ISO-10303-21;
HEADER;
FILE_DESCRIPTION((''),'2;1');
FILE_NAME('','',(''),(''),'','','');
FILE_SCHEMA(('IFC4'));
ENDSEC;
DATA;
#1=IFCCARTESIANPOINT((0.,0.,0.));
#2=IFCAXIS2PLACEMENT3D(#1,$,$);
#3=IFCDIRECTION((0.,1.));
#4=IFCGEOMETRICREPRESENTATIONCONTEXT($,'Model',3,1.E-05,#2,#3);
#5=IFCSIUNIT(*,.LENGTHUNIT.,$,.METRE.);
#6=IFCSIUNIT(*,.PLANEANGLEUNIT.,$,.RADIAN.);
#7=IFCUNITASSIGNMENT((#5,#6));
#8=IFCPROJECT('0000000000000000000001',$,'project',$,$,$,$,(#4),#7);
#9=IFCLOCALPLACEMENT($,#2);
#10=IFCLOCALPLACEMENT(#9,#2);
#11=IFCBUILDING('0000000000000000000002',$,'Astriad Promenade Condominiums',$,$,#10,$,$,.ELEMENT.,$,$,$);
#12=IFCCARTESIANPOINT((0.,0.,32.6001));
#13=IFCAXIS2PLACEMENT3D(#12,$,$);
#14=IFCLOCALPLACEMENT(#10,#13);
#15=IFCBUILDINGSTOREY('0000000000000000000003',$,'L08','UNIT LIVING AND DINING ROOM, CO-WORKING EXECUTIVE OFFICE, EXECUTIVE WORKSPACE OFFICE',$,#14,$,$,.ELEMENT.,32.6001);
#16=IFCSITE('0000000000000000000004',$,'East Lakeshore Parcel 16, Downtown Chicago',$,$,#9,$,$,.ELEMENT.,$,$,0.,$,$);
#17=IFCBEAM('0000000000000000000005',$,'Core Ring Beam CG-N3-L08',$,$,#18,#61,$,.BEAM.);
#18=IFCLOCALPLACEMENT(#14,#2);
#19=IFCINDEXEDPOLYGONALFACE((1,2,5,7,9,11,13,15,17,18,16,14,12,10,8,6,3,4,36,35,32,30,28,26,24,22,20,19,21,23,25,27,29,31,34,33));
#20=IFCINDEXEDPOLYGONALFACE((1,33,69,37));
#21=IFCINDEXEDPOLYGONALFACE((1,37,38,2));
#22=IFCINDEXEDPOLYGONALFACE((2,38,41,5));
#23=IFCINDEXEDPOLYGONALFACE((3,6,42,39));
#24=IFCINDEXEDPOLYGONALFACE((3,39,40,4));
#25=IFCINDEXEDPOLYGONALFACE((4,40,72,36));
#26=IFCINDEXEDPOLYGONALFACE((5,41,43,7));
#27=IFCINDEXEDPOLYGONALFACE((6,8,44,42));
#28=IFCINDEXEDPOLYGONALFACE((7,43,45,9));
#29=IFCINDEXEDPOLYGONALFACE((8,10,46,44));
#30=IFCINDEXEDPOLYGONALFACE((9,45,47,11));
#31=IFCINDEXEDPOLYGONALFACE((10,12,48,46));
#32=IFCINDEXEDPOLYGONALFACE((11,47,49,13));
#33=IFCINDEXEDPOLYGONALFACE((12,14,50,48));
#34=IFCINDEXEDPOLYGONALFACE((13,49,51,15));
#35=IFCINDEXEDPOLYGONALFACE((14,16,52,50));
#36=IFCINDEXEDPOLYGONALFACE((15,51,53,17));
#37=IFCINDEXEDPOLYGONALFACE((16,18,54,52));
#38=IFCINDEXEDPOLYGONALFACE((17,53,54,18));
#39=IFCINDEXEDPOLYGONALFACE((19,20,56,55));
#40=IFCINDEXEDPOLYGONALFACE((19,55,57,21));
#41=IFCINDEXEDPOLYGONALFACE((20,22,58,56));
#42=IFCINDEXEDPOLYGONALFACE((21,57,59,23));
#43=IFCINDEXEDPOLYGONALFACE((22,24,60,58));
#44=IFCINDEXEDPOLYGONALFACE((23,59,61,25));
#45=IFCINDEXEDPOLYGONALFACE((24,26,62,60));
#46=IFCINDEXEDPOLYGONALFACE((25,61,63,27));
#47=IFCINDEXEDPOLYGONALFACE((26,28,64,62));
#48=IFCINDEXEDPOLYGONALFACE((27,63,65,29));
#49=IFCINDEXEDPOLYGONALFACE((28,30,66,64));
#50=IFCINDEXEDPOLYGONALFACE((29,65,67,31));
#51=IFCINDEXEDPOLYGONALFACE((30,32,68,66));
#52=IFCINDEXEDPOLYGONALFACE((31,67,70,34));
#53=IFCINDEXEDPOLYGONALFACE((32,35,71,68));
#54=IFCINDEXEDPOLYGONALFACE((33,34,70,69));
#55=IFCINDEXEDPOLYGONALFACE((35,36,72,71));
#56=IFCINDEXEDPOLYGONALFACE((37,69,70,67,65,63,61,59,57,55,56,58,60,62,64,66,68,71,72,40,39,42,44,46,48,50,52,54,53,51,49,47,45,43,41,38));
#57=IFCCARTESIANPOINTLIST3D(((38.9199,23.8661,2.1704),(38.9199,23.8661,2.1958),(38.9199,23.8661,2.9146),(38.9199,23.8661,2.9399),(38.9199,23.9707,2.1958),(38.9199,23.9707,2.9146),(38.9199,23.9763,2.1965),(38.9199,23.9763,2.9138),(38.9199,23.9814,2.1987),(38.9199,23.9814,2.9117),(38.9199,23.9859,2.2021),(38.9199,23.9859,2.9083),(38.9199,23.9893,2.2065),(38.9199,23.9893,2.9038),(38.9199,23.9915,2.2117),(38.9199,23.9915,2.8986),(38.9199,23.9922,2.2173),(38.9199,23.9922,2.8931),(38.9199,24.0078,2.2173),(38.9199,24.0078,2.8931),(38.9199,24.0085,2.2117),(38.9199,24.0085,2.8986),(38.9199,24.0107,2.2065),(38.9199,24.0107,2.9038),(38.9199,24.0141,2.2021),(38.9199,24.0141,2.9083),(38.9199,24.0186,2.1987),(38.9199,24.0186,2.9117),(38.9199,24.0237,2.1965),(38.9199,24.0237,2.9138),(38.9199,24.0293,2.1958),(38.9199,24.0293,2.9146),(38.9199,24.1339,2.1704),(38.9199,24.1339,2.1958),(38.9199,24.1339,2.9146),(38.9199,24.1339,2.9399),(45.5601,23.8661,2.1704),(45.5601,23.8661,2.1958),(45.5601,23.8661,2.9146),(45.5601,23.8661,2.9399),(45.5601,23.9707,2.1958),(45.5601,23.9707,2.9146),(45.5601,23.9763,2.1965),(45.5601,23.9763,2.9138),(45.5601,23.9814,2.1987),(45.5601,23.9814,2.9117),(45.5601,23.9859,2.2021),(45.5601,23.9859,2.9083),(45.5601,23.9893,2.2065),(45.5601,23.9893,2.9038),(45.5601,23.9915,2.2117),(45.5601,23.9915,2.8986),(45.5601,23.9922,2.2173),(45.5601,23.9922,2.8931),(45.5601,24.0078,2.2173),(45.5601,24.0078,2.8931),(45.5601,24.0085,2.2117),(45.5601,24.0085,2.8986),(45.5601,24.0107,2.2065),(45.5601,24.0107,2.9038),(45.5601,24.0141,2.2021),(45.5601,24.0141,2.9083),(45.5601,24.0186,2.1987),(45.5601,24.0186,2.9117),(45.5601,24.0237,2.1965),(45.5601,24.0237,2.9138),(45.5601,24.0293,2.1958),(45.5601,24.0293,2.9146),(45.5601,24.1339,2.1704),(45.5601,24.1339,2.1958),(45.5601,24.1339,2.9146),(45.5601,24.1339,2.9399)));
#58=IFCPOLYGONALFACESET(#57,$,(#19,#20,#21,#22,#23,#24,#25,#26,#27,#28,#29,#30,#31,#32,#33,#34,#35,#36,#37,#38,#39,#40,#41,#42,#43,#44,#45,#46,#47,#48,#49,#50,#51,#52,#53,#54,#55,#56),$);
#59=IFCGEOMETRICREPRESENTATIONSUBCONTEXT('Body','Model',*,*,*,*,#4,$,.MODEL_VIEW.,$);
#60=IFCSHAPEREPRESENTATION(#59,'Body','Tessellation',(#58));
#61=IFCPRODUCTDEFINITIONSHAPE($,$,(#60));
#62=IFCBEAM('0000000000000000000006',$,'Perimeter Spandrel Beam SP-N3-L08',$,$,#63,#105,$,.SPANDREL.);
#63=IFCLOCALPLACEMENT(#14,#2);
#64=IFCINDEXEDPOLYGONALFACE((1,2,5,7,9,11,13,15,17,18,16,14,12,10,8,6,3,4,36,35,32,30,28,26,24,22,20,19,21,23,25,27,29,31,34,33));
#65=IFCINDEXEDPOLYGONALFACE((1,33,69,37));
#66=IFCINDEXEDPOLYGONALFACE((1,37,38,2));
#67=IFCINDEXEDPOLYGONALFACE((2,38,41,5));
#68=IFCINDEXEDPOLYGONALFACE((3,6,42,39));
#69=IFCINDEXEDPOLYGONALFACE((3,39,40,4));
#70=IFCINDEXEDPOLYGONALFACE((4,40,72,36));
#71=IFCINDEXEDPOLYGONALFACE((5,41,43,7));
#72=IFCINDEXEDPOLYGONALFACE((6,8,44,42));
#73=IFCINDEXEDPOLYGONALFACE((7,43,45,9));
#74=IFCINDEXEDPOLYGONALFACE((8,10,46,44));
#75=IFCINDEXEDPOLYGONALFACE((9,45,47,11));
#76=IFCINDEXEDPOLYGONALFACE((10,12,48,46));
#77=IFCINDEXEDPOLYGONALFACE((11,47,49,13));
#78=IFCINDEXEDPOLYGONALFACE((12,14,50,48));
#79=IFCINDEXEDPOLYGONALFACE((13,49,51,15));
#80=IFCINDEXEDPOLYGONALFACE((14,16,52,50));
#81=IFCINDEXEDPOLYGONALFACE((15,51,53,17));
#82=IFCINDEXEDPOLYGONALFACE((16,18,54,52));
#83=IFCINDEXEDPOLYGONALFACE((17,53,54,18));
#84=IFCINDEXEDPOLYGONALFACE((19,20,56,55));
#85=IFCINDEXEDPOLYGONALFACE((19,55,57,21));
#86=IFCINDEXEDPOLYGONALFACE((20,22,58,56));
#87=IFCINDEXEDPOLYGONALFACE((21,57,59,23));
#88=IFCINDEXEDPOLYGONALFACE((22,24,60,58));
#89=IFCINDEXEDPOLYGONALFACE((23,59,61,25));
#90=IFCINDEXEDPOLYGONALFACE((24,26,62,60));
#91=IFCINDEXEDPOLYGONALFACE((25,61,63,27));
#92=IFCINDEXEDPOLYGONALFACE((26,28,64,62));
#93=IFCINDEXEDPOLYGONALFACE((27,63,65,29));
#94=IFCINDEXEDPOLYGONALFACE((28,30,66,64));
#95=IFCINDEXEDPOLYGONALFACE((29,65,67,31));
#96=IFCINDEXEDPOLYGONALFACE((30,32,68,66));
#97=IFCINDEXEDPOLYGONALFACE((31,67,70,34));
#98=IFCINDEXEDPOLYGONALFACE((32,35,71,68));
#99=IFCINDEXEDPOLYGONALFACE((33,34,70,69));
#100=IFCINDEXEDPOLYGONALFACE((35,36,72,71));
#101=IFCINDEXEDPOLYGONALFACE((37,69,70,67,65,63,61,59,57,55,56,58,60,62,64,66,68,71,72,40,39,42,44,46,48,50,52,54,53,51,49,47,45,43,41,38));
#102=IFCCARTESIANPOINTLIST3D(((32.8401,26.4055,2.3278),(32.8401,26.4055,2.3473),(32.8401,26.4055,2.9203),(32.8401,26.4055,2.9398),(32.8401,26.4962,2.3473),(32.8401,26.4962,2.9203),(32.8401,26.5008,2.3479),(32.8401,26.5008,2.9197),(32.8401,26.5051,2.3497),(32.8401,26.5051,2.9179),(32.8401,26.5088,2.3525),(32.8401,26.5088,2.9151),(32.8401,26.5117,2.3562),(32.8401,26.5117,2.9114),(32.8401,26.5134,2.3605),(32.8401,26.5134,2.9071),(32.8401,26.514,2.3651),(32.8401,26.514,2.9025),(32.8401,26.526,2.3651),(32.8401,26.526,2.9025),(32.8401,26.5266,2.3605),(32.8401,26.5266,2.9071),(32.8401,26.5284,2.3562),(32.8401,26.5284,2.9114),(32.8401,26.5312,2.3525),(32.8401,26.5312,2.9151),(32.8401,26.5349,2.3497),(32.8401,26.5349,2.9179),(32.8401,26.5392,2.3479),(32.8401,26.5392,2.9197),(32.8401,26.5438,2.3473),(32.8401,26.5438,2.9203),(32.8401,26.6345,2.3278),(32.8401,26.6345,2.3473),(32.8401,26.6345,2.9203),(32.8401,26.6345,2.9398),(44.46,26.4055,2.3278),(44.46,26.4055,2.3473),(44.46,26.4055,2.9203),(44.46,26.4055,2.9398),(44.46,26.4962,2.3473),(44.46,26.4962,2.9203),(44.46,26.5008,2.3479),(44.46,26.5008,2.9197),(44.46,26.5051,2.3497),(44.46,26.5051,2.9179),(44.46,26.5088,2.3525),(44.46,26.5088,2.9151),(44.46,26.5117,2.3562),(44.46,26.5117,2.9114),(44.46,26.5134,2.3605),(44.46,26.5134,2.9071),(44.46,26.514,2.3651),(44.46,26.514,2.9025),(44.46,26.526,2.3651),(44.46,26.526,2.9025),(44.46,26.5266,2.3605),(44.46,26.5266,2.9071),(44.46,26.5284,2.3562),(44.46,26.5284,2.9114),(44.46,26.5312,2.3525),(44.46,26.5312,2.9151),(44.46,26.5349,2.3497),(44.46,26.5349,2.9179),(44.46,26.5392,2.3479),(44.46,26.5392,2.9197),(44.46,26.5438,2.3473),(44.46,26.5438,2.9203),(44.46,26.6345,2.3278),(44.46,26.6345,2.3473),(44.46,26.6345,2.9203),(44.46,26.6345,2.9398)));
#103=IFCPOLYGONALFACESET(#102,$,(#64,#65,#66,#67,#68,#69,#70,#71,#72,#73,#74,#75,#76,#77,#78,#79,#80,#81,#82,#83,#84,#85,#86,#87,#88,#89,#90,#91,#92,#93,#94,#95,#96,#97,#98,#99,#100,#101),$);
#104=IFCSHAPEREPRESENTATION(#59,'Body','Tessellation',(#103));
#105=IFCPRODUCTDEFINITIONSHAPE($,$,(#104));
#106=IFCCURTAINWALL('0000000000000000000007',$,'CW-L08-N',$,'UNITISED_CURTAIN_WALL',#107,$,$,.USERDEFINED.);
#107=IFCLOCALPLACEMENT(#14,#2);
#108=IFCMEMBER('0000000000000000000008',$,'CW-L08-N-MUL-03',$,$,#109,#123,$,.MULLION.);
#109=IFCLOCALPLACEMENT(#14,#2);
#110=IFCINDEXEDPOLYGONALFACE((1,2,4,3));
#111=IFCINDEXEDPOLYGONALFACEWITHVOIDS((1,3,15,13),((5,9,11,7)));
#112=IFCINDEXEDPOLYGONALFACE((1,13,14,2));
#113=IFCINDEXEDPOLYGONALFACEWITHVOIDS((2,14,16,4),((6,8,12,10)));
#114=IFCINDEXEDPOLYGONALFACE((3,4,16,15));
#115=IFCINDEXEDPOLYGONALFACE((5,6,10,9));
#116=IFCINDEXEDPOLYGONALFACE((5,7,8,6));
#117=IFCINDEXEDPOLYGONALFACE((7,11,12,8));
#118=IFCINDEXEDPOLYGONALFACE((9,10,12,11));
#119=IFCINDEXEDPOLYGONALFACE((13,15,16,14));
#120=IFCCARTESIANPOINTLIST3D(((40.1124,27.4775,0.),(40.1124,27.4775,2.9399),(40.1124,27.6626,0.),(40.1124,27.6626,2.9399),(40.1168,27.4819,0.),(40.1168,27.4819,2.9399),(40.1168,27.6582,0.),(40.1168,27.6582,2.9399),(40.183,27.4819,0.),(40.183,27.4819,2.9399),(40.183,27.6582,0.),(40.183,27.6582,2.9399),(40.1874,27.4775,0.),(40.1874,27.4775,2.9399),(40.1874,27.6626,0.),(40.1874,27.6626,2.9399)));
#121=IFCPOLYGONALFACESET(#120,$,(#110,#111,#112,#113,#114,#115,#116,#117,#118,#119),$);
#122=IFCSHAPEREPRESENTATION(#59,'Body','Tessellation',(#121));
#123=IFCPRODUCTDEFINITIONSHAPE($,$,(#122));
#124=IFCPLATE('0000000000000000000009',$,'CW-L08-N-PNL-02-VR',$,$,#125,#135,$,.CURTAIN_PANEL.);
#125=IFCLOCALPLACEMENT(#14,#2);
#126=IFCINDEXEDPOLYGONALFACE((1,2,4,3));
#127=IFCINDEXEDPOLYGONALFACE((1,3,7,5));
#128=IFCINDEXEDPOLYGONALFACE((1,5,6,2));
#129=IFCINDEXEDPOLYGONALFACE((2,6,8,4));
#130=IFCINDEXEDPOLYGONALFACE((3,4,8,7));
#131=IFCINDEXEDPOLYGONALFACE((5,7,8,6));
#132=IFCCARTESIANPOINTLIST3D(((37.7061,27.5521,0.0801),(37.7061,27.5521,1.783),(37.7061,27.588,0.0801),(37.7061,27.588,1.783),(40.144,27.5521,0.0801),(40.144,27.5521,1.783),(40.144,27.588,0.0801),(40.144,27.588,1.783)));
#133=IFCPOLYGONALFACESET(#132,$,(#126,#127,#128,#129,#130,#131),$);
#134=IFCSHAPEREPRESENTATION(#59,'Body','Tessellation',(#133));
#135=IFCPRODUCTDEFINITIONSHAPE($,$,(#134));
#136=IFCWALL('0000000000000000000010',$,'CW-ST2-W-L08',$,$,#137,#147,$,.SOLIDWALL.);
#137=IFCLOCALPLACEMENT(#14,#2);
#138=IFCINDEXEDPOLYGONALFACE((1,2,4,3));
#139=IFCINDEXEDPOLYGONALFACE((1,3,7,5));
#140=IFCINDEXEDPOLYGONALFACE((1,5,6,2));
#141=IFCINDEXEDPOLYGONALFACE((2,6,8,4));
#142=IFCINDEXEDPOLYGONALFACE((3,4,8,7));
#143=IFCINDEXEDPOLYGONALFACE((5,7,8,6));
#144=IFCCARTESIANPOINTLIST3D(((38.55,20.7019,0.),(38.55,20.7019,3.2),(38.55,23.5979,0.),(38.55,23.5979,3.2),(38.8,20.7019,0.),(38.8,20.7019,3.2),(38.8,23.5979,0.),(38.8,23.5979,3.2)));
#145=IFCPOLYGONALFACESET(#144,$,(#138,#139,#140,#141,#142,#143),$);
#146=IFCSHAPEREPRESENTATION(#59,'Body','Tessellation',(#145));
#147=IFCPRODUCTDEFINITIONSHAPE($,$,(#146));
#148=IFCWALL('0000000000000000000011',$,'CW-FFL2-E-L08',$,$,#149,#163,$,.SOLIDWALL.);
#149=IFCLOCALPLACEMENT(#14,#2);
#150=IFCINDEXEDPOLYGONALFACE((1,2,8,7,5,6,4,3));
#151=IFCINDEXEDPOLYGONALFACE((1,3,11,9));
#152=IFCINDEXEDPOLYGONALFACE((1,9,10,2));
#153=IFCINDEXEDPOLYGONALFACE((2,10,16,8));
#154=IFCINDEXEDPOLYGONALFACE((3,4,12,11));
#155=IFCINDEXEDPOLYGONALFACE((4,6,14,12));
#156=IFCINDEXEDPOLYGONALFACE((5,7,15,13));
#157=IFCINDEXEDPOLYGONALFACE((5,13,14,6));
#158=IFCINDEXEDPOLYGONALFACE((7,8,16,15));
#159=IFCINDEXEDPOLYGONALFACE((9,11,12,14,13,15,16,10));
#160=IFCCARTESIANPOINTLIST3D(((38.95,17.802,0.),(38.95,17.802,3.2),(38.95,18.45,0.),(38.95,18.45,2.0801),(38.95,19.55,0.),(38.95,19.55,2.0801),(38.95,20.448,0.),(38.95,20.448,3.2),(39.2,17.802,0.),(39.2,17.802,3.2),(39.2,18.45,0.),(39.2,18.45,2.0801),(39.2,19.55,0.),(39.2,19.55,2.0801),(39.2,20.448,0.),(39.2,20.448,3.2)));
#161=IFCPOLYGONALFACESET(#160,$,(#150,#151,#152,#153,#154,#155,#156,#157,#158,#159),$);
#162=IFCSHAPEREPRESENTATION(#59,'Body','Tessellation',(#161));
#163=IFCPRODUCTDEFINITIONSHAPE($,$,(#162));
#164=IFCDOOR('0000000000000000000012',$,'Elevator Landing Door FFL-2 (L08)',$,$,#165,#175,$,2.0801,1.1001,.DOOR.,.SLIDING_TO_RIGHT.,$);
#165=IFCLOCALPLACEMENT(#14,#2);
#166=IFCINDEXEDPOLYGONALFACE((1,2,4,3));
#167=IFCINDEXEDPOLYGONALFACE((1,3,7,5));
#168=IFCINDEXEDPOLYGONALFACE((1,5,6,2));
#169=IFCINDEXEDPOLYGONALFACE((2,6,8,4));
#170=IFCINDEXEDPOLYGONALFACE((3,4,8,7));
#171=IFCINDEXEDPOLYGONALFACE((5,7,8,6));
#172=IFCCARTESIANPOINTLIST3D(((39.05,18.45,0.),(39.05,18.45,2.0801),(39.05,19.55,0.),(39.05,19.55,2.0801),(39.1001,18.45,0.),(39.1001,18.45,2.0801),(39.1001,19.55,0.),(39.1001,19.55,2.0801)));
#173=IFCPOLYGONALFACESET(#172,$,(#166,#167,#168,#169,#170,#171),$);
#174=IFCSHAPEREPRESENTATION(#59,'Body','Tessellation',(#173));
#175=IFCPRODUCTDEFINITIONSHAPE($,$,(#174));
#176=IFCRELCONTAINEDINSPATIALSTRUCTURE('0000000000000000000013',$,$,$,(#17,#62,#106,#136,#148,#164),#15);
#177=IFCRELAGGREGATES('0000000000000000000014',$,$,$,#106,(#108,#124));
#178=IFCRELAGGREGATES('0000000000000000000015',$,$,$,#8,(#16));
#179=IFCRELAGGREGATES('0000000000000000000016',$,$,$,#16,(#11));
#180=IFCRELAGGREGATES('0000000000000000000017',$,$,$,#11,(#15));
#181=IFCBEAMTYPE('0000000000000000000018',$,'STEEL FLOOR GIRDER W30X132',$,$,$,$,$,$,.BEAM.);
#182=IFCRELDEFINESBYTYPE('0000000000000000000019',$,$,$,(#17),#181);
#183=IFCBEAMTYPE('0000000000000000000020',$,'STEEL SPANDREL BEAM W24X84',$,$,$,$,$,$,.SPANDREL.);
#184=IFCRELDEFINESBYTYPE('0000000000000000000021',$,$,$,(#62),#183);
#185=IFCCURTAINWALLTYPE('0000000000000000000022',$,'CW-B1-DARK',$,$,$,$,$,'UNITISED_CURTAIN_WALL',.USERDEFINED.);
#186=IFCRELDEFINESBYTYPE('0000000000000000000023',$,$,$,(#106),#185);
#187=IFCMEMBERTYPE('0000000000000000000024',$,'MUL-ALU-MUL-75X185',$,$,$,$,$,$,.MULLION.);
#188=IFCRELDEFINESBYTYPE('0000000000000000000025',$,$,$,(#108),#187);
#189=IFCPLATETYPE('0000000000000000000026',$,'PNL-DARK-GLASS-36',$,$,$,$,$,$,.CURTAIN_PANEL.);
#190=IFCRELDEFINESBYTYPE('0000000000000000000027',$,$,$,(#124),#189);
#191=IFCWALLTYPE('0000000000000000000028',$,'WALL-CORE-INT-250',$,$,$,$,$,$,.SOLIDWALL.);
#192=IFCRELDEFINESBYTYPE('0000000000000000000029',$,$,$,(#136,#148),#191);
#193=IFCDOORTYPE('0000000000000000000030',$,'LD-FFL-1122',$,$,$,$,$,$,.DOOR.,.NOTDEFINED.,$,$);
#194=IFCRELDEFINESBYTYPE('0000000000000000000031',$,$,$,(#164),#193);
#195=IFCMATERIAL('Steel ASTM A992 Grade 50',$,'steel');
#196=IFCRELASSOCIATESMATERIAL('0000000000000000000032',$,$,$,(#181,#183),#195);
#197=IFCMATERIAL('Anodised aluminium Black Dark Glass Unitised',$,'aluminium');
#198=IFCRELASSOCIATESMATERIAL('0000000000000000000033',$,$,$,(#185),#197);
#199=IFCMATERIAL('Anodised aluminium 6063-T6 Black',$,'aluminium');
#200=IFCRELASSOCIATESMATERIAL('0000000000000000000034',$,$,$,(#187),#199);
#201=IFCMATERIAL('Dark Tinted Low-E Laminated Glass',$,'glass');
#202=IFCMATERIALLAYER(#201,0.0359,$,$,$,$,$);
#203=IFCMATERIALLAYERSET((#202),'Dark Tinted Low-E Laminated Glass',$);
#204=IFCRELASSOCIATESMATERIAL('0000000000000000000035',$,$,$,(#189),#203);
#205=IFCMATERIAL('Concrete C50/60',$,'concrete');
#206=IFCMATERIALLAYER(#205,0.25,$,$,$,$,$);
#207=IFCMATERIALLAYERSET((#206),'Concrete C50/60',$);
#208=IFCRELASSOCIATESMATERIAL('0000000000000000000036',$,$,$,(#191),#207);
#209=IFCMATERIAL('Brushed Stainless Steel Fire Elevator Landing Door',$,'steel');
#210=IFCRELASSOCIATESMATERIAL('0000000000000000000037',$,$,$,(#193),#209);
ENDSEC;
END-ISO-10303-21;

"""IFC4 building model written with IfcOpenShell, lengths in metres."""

from ifc_helpers import new_model, si_unit, direction, frame, frame_2d, origin, origin_2d, place, context, subcontext, project, spatial, rectangle, hollow_rectangle, i_section, extrude, source, transform, mapped, material, layer, layer_set, material_profile, profile_set, type_object, type_shapes, element, fill, aggregate, save


model = new_model("IFC4")

# Units and contexts
model_context = context("Model", 3, precision=1e-05, world=origin(), true_north=direction((0.0, 1.0)))
body_context = subcontext(model_context, "Body", "Model", "MODEL_VIEW")
ifc_project = project(units=[si_unit("LENGTHUNIT", "METRE"), si_unit("PLANEANGLEUNIT", "RADIAN")], contexts=[model_context])

# Site, building, storey
site_placement = place(None, origin())
site = spatial("IfcSite", under=ifc_project, at=site_placement, Name="East Lakeshore Parcel 16, Downtown Chicago", CompositionType="ELEMENT", RefElevation=0.0)
building_placement = place(site_placement, origin())
building = spatial("IfcBuilding", under=site, at=building_placement, Name="Astriad Promenade Condominiums", CompositionType="ELEMENT")
storey_placement = place(building_placement, frame((0.0, 0.0, 32.6001)))
storey = spatial("IfcBuildingStorey", under=building, at=storey_placement, Name="L08", Description="UNIT LIVING AND DINING ROOM, CO-WORKING EXECUTIVE OFFICE, EXECUTIVE WORKSPACE OFFICE", CompositionType="ELEMENT", Elevation=32.6001)

# Shared definitions
ifc_material_1 = material(Name="Steel ASTM A992 Grade 50", Category="steel")

# Beams
ifc_material_profile_1 = material_profile(ifc_material_1, i_section(OverallWidth=0.2678, OverallDepth=0.7695, WebThickness=0.0156, FlangeThickness=0.0254, FilletRadius=0.0215, at=origin_2d()), Name="W30X132")
ifc_profile_set_1 = profile_set([ifc_material_profile_1], Name="Steel ASTM A992 Grade 50")
beam_type_1 = type_object("IfcBeamType", Name="STEEL FLOOR GIRDER W30X132", PredefinedType="BEAM", material=ifc_profile_set_1)
shared_shape_1 = source(origin(), body_context, "Body", "SweptSolid", [
    extrude(i_section(OverallWidth=0.2678, OverallDepth=0.7695, WebThickness=0.0156, FlangeThickness=0.0254, FilletRadius=0.0215, at=origin_2d()), origin(), (0.0, 0.0, 1.0), 6.6401),
])
type_shapes(beam_type_1, [shared_shape_1])
beam_1_placement = place(storey_placement, frame((38.9199, 24.0, 2.5552), z_axis=(1.0, 0.0, 0.0), x_axis=(0.0, 1.0, 0.0)))
element("IfcBeam", 1, at=beam_1_placement, inside=storey, type_object=beam_type_1, Name="Core Ring Beam CG-N3-L08", PredefinedType="BEAM", context=body_context, shape_type="MappedRepresentation", body=[
    mapped(shared_shape_1, transform((0.0, 0.0, 0.0), scale=1.0)),
])
ifc_material_profile_2 = material_profile(ifc_material_1, i_section(OverallWidth=0.229, OverallDepth=0.6121, WebThickness=0.012, FlangeThickness=0.0195, FilletRadius=0.0178, at=origin_2d()), Name="W24X84")
ifc_profile_set_2 = profile_set([ifc_material_profile_2], Name="Steel ASTM A992 Grade 50")
beam_type_2 = type_object("IfcBeamType", Name="STEEL SPANDREL BEAM W24X84", PredefinedType="SPANDREL", material=ifc_profile_set_2)
shared_shape_2 = source(origin(), body_context, "Body", "SweptSolid", [
    extrude(i_section(OverallWidth=0.229, OverallDepth=0.6121, WebThickness=0.012, FlangeThickness=0.0195, FilletRadius=0.0178, at=origin_2d()), origin(), (0.0, 0.0, 1.0), 11.6199),
])
type_shapes(beam_type_2, [shared_shape_2])
beam_2_placement = place(storey_placement, frame((44.46, 26.52, 2.6338), z_axis=(-1.0, 0.0, 0.0), x_axis=(0.0, -1.0, 0.0)))
element("IfcBeam", 2, at=beam_2_placement, inside=storey, type_object=beam_type_2, Name="Perimeter Spandrel Beam SP-N3-L08", PredefinedType="SPANDREL", context=body_context, shape_type="MappedRepresentation", body=[
    mapped(shared_shape_2, transform((0.0, 0.0, 0.0), scale=1.0)),
])

# Curtain wall, member, plate
ifc_material_2 = material(Name="Anodised aluminium Black Dark Glass Unitised", Category="aluminium")
curtain_wall_type = type_object("IfcCurtainWallType", Name="CW-B1-DARK", ElementType="UNITISED_CURTAIN_WALL", PredefinedType="USERDEFINED", material=ifc_material_2)
curtain_wall_placement = place(storey_placement, origin())
curtain_wall = element("IfcCurtainWall", 3, at=curtain_wall_placement, inside=storey, type_object=curtain_wall_type, Name="CW-L08-N", ObjectType="UNITISED_CURTAIN_WALL", PredefinedType="USERDEFINED")
ifc_material_3 = material(Name="Anodised aluminium 6063-T6 Black", Category="aluminium")
ifc_material_profile_3 = material_profile(ifc_material_3, hollow_rectangle(XDim=0.075, YDim=0.1851, WallThickness=0.0044, at=origin_2d()), Name="ALU-MUL-75X185")
ifc_profile_set_3 = profile_set([ifc_material_profile_3], Name="Anodised aluminium 6063-T6 Black")
member_type = type_object("IfcMemberType", Name="MUL-ALU-MUL-75X185", PredefinedType="MULLION", material=ifc_profile_set_3)
shared_shape_3 = source(origin(), body_context, "Body", "SweptSolid", [
    extrude(hollow_rectangle(XDim=0.075, YDim=0.1851, WallThickness=0.0044, at=origin_2d()), origin(), (0.0, 0.0, 1.0), 2.9399),
])
type_shapes(member_type, [shared_shape_3])
member_placement = place(storey_placement, frame((40.1499, 27.5701, 0.0), z_axis=(0.0, 0.0, 1.0), x_axis=(1.0, 0.0, 0.0)))
member = element("IfcMember", 4, at=member_placement, type_object=member_type, Name="CW-L08-N-MUL-03", PredefinedType="MULLION", context=body_context, shape_type="MappedRepresentation", body=[
    mapped(shared_shape_3, transform((0.0, 0.0, 0.0), scale=1.0)),
])
ifc_material_4 = material(Name="Dark Tinted Low-E Laminated Glass", Category="glass")
ifc_layer_1 = layer(ifc_material_4, 0.0359)
ifc_layer_set_1 = layer_set([ifc_layer_1], Name="Dark Tinted Low-E Laminated Glass")
plate_type = type_object("IfcPlateType", Name="PNL-DARK-GLASS-36", PredefinedType="CURTAIN_PANEL", material=ifc_layer_set_1)
shared_shape_4 = source(origin(), body_context, "Body", "SweptSolid", [
    extrude(rectangle(XDim=2.438, YDim=0.0359, at=origin_2d()), origin(), (0.0, 0.0, 1.0), 1.7029),
])
type_shapes(plate_type, [shared_shape_4])
plate_placement = place(storey_placement, frame((38.925, 27.5701, 0.0801), z_axis=(0.0, 0.0, 1.0), x_axis=(1.0, 0.0, 0.0)))
plate = element("IfcPlate", 5, at=plate_placement, type_object=plate_type, Name="CW-L08-N-PNL-02-VR", PredefinedType="CURTAIN_PANEL", context=body_context, shape_type="MappedRepresentation", body=[
    mapped(shared_shape_4, transform((0.0, 0.0, 0.0), scale=1.0)),
])
aggregate(curtain_wall, [member, plate])

# Wall
ifc_material_5 = material(Name="Concrete C50/60", Category="concrete")
ifc_layer_2 = layer(ifc_material_5, 0.25)
ifc_layer_set_2 = layer_set([ifc_layer_2], Name="Concrete C50/60")
wall_type_1 = type_object("IfcWallType", Name="WALL-CORE-INT-250", PredefinedType="SOLIDWALL", material=ifc_layer_set_2)
wall_1_placement = place(storey_placement, frame((38.675, 20.7019, 0.0), z_axis=(0.0, 0.0, 1.0), x_axis=(0.0, 1.0, 0.0)))
element("IfcWall", 6, at=wall_1_placement, inside=storey, type_object=wall_type_1, Name="CW-ST2-W-L08", PredefinedType="SOLIDWALL", context=body_context, shape_type="SweptSolid", body=[
    extrude(rectangle(XDim=2.896, YDim=0.25, at=frame_2d((1.448, 0.0))), origin(), (0.0, 0.0, 1.0), 3.2),
])

# Wall, opening, door
wall_2_placement = place(storey_placement, frame((39.075, 17.802, 0.0), z_axis=(0.0, 0.0, 1.0), x_axis=(0.0, 1.0, 0.0)))
wall_2 = element("IfcWall", 7, at=wall_2_placement, inside=storey, type_object=wall_type_1, Name="CW-FFL2-E-L08", PredefinedType="SOLIDWALL", context=body_context, shape_type="SweptSolid", body=[
    extrude(rectangle(XDim=2.646, YDim=0.25, at=frame_2d((1.323, 0.0))), origin(), (0.0, 0.0, 1.0), 3.2),
])
opening_1_placement = place(wall_2_placement, frame((0.6479, 0.0, 0.0)))
opening_1 = element("IfcOpeningElement", 8, at=opening_1_placement, cuts=wall_2, PredefinedType="OPENING", context=body_context, shape_type="SweptSolid", body=[
    extrude(rectangle(XDim=1.1001, YDim=2.0801, at=frame_2d((0.55, 1.04))), frame((0.0, 0.135, 0.0), z_axis=(0.0, -1.0, 0.0), x_axis=(1.0, 0.0, 0.0)), (0.0, 0.0, 1.0), 0.27),
])
ifc_material_6 = material(Name="Brushed Stainless Steel Fire Elevator Landing Door", Category="steel")
door_type_1 = type_object("IfcDoorType", Name="LD-FFL-1122", OperationType="NOTDEFINED", PredefinedType="DOOR", material=ifc_material_6)
shared_shape_5 = source(origin(), body_context, "Body", "SweptSolid", [
    extrude(rectangle(XDim=1.1001, YDim=2.0801, at=frame_2d((0.55, 1.04))), frame((0.0, 0.0249, 0.0), z_axis=(0.0, -1.0, 0.0), x_axis=(1.0, 0.0, 0.0)), (0.0, 0.0, 1.0), 0.05),
])
type_shapes(door_type_1, [shared_shape_5])
door_1_placement = place(opening_1_placement, origin())
door_1 = element("IfcDoor", 9, at=door_1_placement, inside=storey, type_object=door_type_1, Name="Elevator Landing Door FFL-2 (L08)", OperationType="SLIDING_TO_RIGHT", OverallHeight=2.0801, OverallWidth=1.1001, PredefinedType="DOOR", context=body_context, shape_type="MappedRepresentation", body=[
    mapped(shared_shape_5, transform((0.0, 0.0, 0.0), scale=1.0)),
])
fill(opening_1, door_1)

save(model, "model.ifc")
